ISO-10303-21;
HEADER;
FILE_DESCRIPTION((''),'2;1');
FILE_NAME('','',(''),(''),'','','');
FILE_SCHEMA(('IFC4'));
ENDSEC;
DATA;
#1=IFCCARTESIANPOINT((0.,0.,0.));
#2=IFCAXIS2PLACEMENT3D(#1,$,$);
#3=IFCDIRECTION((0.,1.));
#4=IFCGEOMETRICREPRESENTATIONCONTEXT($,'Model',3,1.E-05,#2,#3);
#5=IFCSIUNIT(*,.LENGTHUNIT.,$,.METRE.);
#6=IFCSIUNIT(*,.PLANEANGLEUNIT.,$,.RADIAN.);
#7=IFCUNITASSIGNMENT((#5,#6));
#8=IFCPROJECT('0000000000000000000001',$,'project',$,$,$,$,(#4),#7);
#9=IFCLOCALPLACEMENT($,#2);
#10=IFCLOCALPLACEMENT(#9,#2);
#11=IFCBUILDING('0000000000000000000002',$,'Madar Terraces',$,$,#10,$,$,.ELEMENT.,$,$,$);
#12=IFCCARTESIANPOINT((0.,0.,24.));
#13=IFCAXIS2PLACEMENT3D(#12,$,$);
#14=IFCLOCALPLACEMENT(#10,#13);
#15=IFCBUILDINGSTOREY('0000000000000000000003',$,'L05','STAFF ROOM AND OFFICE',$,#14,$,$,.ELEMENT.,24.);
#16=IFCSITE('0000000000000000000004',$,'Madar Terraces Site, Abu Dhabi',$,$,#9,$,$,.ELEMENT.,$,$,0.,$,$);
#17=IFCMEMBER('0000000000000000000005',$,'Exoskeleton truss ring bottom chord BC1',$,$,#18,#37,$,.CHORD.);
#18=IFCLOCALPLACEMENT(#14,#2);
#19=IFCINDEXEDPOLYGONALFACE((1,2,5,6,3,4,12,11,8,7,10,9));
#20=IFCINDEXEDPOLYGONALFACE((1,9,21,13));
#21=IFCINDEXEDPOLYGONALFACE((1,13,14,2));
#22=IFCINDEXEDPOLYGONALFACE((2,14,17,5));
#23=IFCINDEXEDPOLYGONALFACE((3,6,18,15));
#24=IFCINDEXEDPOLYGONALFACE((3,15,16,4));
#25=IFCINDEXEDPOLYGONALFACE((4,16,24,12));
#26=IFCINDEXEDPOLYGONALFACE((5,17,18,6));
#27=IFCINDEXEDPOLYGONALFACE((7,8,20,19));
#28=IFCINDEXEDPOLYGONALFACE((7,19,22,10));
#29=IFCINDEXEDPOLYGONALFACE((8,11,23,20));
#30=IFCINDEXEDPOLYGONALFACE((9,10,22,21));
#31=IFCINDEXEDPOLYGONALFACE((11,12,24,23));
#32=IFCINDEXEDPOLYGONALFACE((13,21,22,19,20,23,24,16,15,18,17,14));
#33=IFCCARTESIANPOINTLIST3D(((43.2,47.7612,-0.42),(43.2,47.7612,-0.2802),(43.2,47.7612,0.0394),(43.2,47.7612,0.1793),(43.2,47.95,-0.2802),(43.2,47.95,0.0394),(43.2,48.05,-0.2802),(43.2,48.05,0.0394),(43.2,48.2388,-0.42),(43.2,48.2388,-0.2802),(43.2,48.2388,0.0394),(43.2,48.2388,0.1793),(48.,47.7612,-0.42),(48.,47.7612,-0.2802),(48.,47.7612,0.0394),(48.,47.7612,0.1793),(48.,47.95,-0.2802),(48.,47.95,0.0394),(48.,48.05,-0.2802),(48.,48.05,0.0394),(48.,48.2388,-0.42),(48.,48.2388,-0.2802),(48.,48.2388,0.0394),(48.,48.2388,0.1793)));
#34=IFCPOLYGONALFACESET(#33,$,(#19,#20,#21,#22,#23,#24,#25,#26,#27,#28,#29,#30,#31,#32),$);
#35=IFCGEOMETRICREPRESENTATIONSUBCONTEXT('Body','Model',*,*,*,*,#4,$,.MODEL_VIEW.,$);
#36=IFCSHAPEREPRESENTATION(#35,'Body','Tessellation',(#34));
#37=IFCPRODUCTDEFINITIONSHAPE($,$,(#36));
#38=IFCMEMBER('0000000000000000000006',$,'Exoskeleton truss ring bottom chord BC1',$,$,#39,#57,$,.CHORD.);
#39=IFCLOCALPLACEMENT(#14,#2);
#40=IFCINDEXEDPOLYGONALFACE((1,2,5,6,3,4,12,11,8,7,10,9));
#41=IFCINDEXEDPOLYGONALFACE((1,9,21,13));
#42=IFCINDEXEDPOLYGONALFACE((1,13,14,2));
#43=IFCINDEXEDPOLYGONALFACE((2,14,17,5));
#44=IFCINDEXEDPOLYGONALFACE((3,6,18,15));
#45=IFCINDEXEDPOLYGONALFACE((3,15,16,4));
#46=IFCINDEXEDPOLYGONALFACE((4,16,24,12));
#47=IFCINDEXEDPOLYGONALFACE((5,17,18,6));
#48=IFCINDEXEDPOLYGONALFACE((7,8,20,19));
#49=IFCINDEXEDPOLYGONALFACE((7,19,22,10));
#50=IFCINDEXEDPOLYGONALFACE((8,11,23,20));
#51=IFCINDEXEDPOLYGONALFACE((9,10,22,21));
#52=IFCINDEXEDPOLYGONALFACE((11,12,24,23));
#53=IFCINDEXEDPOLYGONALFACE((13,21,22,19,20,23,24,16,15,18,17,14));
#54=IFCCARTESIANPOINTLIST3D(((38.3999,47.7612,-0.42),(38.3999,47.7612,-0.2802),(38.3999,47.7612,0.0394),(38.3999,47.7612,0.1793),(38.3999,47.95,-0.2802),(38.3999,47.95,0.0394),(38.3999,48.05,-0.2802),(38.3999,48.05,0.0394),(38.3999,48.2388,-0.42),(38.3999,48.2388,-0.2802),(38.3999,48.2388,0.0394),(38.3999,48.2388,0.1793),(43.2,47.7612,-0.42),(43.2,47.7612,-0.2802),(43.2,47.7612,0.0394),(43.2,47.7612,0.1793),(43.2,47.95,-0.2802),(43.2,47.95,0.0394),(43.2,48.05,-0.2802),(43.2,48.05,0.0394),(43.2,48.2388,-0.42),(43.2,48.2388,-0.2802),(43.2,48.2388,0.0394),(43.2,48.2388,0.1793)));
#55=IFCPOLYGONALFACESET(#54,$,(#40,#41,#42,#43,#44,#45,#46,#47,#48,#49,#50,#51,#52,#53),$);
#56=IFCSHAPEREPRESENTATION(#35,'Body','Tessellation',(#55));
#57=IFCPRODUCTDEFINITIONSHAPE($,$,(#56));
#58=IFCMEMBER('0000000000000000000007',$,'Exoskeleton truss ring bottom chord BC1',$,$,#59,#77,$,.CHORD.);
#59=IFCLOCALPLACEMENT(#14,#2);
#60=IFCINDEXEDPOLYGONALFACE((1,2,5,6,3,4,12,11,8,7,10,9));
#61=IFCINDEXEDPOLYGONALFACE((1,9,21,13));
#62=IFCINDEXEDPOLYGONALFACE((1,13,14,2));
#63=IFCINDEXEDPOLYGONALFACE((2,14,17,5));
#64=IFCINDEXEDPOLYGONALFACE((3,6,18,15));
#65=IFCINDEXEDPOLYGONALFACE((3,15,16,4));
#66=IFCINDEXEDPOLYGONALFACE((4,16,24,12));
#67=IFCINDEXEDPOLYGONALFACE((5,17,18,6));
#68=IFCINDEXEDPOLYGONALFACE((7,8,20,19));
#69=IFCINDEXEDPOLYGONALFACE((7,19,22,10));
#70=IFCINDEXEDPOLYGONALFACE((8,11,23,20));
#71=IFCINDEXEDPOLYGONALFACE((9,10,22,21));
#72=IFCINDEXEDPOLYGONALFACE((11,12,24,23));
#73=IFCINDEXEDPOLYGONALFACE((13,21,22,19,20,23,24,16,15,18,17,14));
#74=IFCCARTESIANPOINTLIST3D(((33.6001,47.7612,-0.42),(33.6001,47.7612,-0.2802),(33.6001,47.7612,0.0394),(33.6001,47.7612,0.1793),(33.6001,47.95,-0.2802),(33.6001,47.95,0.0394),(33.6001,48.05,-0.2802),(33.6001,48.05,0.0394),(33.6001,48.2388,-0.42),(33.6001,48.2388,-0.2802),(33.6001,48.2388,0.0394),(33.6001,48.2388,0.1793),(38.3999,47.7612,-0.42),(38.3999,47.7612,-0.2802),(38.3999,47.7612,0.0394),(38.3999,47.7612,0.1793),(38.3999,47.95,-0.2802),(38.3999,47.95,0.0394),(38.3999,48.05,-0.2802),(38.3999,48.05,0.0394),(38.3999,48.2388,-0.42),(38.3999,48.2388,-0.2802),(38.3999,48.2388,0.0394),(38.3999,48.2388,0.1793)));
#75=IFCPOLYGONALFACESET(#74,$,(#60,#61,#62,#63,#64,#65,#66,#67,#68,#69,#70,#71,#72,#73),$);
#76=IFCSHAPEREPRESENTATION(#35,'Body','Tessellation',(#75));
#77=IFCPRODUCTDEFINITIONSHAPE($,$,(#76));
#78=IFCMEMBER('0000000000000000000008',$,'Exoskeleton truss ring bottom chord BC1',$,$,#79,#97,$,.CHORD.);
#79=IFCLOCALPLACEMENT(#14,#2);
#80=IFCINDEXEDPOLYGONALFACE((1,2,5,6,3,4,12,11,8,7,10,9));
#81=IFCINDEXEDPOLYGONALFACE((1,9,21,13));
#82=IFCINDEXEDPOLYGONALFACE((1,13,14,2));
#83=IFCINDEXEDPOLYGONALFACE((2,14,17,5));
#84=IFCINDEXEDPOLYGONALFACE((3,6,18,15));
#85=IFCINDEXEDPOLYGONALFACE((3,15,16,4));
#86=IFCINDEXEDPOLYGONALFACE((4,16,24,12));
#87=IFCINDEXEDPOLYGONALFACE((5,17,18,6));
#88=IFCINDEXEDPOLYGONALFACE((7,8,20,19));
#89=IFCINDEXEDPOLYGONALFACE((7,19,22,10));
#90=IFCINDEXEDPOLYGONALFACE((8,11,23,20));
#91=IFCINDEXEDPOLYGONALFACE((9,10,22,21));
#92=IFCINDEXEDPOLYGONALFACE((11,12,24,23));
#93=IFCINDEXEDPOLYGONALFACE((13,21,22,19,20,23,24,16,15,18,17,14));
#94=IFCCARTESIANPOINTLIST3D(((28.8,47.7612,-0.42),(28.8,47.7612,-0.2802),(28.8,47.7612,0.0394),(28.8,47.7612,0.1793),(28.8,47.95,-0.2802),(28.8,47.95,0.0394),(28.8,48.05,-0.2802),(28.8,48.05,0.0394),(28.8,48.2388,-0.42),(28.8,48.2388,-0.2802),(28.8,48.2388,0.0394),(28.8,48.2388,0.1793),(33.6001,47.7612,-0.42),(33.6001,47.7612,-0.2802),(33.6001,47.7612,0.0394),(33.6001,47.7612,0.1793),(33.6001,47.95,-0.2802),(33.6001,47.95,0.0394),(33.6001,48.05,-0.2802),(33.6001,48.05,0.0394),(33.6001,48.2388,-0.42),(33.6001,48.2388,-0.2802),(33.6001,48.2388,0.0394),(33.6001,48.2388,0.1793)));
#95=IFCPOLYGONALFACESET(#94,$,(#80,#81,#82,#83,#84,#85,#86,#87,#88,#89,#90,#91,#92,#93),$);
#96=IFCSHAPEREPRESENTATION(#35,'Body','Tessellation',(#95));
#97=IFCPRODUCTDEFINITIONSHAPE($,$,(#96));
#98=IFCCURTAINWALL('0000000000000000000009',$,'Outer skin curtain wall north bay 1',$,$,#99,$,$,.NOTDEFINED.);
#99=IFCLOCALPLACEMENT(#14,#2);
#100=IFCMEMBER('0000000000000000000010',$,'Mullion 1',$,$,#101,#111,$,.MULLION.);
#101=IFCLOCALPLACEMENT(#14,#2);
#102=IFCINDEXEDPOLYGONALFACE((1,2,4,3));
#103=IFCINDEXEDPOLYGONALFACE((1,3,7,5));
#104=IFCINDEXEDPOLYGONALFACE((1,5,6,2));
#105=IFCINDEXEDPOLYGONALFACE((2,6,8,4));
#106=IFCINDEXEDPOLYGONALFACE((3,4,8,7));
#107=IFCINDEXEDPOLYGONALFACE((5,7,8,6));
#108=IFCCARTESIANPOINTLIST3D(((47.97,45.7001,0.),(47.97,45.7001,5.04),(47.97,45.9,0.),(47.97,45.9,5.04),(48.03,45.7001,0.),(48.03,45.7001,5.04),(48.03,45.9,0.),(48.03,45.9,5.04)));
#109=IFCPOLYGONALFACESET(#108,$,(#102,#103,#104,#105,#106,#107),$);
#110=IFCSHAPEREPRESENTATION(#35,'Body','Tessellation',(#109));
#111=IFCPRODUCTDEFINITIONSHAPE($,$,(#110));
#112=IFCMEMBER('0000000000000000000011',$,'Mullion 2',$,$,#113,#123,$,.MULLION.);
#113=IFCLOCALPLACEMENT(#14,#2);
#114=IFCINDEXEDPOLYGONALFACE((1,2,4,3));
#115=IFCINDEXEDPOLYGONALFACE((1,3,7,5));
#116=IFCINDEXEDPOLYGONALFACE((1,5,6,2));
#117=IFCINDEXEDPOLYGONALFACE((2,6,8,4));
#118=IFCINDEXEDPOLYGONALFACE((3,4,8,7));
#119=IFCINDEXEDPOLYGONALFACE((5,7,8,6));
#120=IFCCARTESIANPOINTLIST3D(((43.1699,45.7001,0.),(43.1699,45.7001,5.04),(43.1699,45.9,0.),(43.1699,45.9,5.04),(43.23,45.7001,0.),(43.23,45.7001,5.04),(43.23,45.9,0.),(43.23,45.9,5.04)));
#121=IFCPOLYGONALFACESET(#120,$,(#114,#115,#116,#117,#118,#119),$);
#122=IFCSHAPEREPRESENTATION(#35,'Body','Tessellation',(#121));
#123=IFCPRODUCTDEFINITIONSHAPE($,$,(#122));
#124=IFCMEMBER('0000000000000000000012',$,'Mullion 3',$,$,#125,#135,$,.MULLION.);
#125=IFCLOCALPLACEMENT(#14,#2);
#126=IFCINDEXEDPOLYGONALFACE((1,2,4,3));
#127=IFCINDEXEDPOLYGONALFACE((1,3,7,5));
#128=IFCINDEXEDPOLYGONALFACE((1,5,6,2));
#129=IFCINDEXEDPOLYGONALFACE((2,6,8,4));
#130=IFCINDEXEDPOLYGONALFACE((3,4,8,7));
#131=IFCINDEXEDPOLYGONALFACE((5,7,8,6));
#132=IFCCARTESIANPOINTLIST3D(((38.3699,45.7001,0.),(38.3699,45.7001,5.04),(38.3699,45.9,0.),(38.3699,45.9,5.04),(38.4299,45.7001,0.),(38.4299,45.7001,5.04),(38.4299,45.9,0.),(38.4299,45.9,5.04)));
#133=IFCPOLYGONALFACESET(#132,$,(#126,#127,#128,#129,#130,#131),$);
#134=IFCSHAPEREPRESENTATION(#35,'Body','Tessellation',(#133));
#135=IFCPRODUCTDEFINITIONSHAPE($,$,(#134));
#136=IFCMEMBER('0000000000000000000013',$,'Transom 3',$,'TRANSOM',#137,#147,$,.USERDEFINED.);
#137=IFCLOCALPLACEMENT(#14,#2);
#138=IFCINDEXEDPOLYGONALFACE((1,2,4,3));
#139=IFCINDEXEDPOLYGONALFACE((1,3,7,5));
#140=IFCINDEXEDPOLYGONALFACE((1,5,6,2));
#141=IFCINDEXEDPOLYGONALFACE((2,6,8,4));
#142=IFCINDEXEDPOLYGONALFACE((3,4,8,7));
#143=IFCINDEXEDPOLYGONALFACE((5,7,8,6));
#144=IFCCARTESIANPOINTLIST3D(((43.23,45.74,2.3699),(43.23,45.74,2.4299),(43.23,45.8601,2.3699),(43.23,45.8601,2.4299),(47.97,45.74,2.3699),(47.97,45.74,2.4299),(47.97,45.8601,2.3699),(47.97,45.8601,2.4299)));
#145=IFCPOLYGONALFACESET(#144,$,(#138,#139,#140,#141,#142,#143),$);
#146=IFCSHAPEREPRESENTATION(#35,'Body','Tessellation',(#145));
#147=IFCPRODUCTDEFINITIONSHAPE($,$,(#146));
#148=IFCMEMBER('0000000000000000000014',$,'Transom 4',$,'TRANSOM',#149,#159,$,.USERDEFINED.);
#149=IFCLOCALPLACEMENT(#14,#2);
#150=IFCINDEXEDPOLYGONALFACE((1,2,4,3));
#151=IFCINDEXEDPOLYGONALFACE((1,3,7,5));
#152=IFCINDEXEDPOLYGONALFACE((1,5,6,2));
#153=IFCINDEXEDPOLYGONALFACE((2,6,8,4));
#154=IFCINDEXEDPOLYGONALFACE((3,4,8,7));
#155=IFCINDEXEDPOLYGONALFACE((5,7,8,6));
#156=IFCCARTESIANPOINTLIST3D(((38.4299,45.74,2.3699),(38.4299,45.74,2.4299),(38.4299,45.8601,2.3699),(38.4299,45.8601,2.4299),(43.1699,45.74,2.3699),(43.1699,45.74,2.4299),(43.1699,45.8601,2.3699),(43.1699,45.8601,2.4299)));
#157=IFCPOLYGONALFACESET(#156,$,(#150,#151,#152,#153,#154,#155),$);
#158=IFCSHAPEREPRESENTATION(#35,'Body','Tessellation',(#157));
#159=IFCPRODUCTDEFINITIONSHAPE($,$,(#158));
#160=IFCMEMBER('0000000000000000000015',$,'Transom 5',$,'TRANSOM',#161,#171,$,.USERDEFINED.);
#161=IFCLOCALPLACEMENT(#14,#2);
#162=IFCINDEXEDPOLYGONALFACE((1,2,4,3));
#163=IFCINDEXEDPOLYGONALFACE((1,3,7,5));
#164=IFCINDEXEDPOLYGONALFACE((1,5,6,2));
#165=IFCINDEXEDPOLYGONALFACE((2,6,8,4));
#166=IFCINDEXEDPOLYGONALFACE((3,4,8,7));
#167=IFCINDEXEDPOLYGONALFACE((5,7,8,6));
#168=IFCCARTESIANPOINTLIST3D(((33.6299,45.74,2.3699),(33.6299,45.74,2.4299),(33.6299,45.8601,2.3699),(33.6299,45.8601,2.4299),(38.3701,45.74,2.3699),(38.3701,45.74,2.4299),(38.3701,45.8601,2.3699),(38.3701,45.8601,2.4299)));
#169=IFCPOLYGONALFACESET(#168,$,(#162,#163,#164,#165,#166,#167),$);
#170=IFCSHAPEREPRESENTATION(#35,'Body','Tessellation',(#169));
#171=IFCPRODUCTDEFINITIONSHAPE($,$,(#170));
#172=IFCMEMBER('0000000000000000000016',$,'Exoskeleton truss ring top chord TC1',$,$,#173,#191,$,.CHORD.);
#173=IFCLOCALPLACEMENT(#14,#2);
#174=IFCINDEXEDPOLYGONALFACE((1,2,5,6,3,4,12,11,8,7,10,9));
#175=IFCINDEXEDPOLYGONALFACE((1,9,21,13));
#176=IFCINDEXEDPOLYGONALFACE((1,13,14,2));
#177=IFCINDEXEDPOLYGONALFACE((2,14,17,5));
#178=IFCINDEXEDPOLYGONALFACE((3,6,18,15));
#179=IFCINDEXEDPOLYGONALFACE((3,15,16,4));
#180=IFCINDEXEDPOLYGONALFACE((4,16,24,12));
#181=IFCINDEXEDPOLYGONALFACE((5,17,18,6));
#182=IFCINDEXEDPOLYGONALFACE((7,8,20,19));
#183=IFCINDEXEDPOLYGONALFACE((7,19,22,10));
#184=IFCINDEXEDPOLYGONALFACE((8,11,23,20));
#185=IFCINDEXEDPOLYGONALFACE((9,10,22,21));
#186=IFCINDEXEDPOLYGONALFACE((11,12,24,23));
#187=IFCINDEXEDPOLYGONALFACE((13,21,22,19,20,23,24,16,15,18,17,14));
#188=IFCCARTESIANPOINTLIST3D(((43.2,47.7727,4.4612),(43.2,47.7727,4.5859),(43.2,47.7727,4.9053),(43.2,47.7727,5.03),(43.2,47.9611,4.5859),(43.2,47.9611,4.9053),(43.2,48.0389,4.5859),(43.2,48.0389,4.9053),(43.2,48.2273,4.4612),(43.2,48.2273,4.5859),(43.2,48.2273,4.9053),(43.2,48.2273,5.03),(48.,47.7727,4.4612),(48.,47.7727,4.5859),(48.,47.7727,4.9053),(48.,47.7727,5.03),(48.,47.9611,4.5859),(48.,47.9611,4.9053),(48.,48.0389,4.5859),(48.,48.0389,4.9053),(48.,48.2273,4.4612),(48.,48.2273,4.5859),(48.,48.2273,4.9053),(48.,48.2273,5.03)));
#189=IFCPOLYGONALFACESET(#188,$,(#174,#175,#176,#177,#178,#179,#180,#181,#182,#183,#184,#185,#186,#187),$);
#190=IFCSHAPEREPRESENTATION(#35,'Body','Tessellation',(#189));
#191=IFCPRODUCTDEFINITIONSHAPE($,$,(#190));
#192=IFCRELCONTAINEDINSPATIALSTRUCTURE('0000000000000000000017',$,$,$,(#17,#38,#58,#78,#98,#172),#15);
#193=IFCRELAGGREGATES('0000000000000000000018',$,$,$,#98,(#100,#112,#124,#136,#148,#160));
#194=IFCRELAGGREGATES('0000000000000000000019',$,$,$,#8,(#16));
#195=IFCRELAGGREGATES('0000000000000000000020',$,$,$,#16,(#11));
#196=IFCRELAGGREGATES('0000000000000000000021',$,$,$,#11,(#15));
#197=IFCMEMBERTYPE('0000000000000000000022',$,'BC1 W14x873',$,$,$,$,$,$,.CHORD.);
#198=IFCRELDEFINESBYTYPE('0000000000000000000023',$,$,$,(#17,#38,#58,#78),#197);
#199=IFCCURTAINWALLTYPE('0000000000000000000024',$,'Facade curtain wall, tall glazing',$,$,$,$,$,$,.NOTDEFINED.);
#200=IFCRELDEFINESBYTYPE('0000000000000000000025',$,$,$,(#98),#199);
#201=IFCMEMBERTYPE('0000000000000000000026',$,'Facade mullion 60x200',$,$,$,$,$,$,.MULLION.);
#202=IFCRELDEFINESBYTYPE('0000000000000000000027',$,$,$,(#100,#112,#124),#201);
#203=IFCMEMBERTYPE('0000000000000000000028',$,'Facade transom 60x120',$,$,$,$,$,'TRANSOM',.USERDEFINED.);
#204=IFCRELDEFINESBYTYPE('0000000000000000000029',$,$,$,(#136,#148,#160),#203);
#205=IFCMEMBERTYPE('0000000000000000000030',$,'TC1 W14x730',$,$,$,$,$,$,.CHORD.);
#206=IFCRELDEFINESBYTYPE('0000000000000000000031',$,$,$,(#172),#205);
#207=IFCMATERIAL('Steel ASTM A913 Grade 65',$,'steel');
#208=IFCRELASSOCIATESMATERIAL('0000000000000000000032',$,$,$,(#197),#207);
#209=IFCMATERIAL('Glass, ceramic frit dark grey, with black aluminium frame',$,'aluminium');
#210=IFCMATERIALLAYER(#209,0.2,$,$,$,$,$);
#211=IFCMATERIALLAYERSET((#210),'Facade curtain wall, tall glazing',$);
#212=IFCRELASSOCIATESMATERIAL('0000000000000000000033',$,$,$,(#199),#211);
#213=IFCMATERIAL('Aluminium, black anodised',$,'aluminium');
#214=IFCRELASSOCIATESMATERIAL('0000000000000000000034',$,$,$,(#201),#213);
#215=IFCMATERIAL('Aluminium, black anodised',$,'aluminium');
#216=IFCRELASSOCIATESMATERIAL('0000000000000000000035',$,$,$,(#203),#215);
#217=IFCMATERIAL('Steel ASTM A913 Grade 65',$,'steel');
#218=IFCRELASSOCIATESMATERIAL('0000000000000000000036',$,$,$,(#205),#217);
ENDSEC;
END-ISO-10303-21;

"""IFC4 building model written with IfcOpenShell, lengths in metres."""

from ifc_helpers import new_model, si_unit, direction, frame, origin, origin_2d, place, context, subcontext, project, spatial, rectangle, i_section, extrude, material, layer, layer_set, material_profile, profile_set, type_object, element, aggregate, save


model = new_model("IFC4")

# Units and contexts
model_context = context("Model", 3, precision=1e-05, world=origin(), true_north=direction((0.0, 1.0)))
body_context = subcontext(model_context, "Body", "Model", "MODEL_VIEW")
ifc_project = project(units=[si_unit("LENGTHUNIT", "METRE"), si_unit("PLANEANGLEUNIT", "RADIAN")], contexts=[model_context])

# Site, building, storey
site_placement = place(None, origin())
site = spatial("IfcSite", under=ifc_project, at=site_placement, Name="Madar Terraces Site, Abu Dhabi", CompositionType="ELEMENT", RefElevation=0.0)
building_placement = place(site_placement, origin())
building = spatial("IfcBuilding", under=site, at=building_placement, Name="Madar Terraces", CompositionType="ELEMENT")
storey_placement = place(building_placement, frame((0.0, 0.0, 24.0)))
storey = spatial("IfcBuildingStorey", under=building, at=storey_placement, Name="L05", Description="STAFF ROOM AND OFFICE", CompositionType="ELEMENT", Elevation=24.0)

# Members
ifc_material_1 = material(Name="Steel ASTM A913 Grade 65", Category="steel")
ifc_material_profile_1 = material_profile(ifc_material_1, i_section(OverallWidth=0.4775, OverallDepth=0.5994, WebThickness=0.1001, FlangeThickness=0.1399, at=origin_2d()), Name="W14x873")
ifc_profile_set_1 = profile_set([ifc_material_profile_1], Name="Steel ASTM A913 Grade 65")
member_type_1 = type_object("IfcMemberType", Name="BC1 W14x873", PredefinedType="CHORD", material=ifc_profile_set_1)
for number, where, z_axis, x_axis, name in (
    (1, (48.0, 48.0, -0.1204), (-1.0, 0.0, 0.0), (0.0, -1.0, 0.0), "Exoskeleton truss ring bottom chord BC1"),
    (2, (43.2, 48.0, -0.1204), (-1.0, 0.0, 0.0), (0.0, -1.0, 0.0), "Exoskeleton truss ring bottom chord BC1"),
):
    element("IfcMember", number, at=place(storey_placement, frame(where, z_axis=z_axis, x_axis=x_axis)), inside=storey, type_object=member_type_1, Name=name, PredefinedType="CHORD", context=body_context, shape_type="SweptSolid", body=[
        extrude(i_section(OverallWidth=0.4775, OverallDepth=0.5994, WebThickness=0.1001, FlangeThickness=0.1399, at=origin_2d()), origin(), (0.0, 0.0, 1.0), 4.8),
    ])
member_1_placement = place(storey_placement, frame((38.3999, 48.0, -0.1204), z_axis=(-1.0, 0.0, 0.0), x_axis=(0.0, -1.0, 0.0)))
element("IfcMember", 3, at=member_1_placement, inside=storey, type_object=member_type_1, Name="Exoskeleton truss ring bottom chord BC1", PredefinedType="CHORD", context=body_context, shape_type="SweptSolid", body=[
    extrude(i_section(OverallWidth=0.4775, OverallDepth=0.5994, WebThickness=0.1001, FlangeThickness=0.1399, at=origin_2d()), origin(), (0.0, 0.0, 1.0), 4.7998),
])
member_2_placement = place(storey_placement, frame((33.6001, 48.0, -0.1204), z_axis=(-1.0, 0.0, 0.0), x_axis=(0.0, -1.0, 0.0)))
element("IfcMember", 4, at=member_2_placement, inside=storey, type_object=member_type_1, Name="Exoskeleton truss ring bottom chord BC1", PredefinedType="CHORD", context=body_context, shape_type="SweptSolid", body=[
    extrude(i_section(OverallWidth=0.4775, OverallDepth=0.5994, WebThickness=0.1001, FlangeThickness=0.1399, at=origin_2d()), origin(), (0.0, 0.0, 1.0), 4.8),
])

# Curtain wall, members
ifc_material_2 = material(Name="Glass, ceramic frit dark grey, with black aluminium frame", Category="aluminium")
ifc_layer_1 = layer(ifc_material_2, 0.2)
ifc_layer_set_1 = layer_set([ifc_layer_1], Name="Facade curtain wall, tall glazing")
curtain_wall_type = type_object("IfcCurtainWallType", Name="Facade curtain wall, tall glazing", PredefinedType="NOTDEFINED", material=ifc_layer_set_1)
curtain_wall_placement = place(storey_placement, origin())
curtain_wall = element("IfcCurtainWall", 5, at=curtain_wall_placement, inside=storey, type_object=curtain_wall_type, Name="Outer skin curtain wall north bay 1", PredefinedType="NOTDEFINED")
ifc_material_3 = material(Name="Aluminium, black anodised", Category="aluminium")
ifc_material_profile_2 = material_profile(ifc_material_3, rectangle(XDim=0.2, YDim=0.0601, at=origin_2d()), Name="Facade mullion 60x200")
ifc_profile_set_2 = profile_set([ifc_material_profile_2], Name="Aluminium, black anodised")
member_type_2 = type_object("IfcMemberType", Name="Facade mullion 60x200", PredefinedType="MULLION", material=ifc_profile_set_2)
member_3_placement = place(storey_placement, frame((48.0, 45.8, 0.0), z_axis=(0.0, 0.0, 1.0), x_axis=(0.0, -1.0, 0.0)))
member_3 = element("IfcMember", 6, at=member_3_placement, type_object=member_type_2, Name="Mullion 1", PredefinedType="MULLION", context=body_context, shape_type="SweptSolid", body=[
    extrude(rectangle(XDim=0.2, YDim=0.0601, at=origin_2d()), origin(), (0.0, 0.0, 1.0), 5.04),
])
member_4_placement = place(storey_placement, frame((43.2, 45.8, 0.0), z_axis=(0.0, 0.0, 1.0), x_axis=(0.0, -1.0, 0.0)))
member_4 = element("IfcMember", 7, at=member_4_placement, type_object=member_type_2, Name="Mullion 2", PredefinedType="MULLION", context=body_context, shape_type="SweptSolid", body=[
    extrude(rectangle(XDim=0.2, YDim=0.0601, at=origin_2d()), origin(), (0.0, 0.0, 1.0), 5.04),
])
member_5_placement = place(storey_placement, frame((38.3999, 45.8, 0.0), z_axis=(0.0, 0.0, 1.0), x_axis=(0.0, -1.0, 0.0)))
member_5 = element("IfcMember", 8, at=member_5_placement, type_object=member_type_2, Name="Mullion 3", PredefinedType="MULLION", context=body_context, shape_type="SweptSolid", body=[
    extrude(rectangle(XDim=0.2, YDim=0.0601, at=origin_2d()), origin(), (0.0, 0.0, 1.0), 5.04),
])
ifc_material_4 = material(Name="Aluminium, black anodised", Category="aluminium")
ifc_material_profile_3 = material_profile(ifc_material_4, rectangle(XDim=0.1201, YDim=0.0601, at=origin_2d()), Name="Facade transom 60x120")
ifc_profile_set_3 = profile_set([ifc_material_profile_3], Name="Aluminium, black anodised")
member_type_3 = type_object("IfcMemberType", Name="Facade transom 60x120", ElementType="TRANSOM", PredefinedType="USERDEFINED", material=ifc_profile_set_3)
member_6_placement = place(storey_placement, frame((47.97, 45.8, 2.3999), z_axis=(-1.0, 0.0, 0.0), x_axis=(0.0, -1.0, 0.0)))
member_6 = element("IfcMember", 9, at=member_6_placement, type_object=member_type_3, Name="Transom 3", ObjectType="TRANSOM", PredefinedType="USERDEFINED", context=body_context, shape_type="SweptSolid", body=[
    extrude(rectangle(XDim=0.1201, YDim=0.0601, at=origin_2d()), origin(), (0.0, 0.0, 1.0), 4.74),
])
member_7_placement = place(storey_placement, frame((43.1699, 45.8, 2.3999), z_axis=(-1.0, 0.0, 0.0), x_axis=(0.0, -1.0, 0.0)))
member_7 = element("IfcMember", 10, at=member_7_placement, type_object=member_type_3, Name="Transom 4", ObjectType="TRANSOM", PredefinedType="USERDEFINED", context=body_context, shape_type="SweptSolid", body=[
    extrude(rectangle(XDim=0.1201, YDim=0.0601, at=origin_2d()), origin(), (0.0, 0.0, 1.0), 4.74),
])
member_8_placement = place(storey_placement, frame((38.3701, 45.8, 2.3999), z_axis=(-1.0, 0.0, 0.0), x_axis=(0.0, -1.0, 0.0)))
member_8 = element("IfcMember", 11, at=member_8_placement, type_object=member_type_3, Name="Transom 5", ObjectType="TRANSOM", PredefinedType="USERDEFINED", context=body_context, shape_type="SweptSolid", body=[
    extrude(rectangle(XDim=0.1201, YDim=0.0601, at=origin_2d()), origin(), (0.0, 0.0, 1.0), 4.7402),
])

# Member
ifc_material_5 = material(Name="Steel ASTM A913 Grade 65", Category="steel")
ifc_material_profile_4 = material_profile(ifc_material_5, i_section(OverallWidth=0.4546, OverallDepth=0.5688, WebThickness=0.0779, FlangeThickness=0.1248, at=origin_2d()), Name="W14x730")
ifc_profile_set_4 = profile_set([ifc_material_profile_4], Name="Steel ASTM A913 Grade 65")
member_type_4 = type_object("IfcMemberType", Name="TC1 W14x730", PredefinedType="CHORD", material=ifc_profile_set_4)
for number, where, z_axis, x_axis, name in (
    (12, (48.0, 48.0, 4.7456), (-1.0, 0.0, 0.0), (0.0, -1.0, 0.0), "Exoskeleton truss ring top chord TC1"),
):
    element("IfcMember", number, at=place(storey_placement, frame(where, z_axis=z_axis, x_axis=x_axis)), inside=storey, type_object=member_type_4, Name=name, PredefinedType="CHORD", context=body_context, shape_type="SweptSolid", body=[
        extrude(i_section(OverallWidth=0.4546, OverallDepth=0.5688, WebThickness=0.0779, FlangeThickness=0.1248, at=origin_2d()), origin(), (0.0, 0.0, 1.0), 4.8),
    ])

aggregate(curtain_wall, [member_3, member_4, member_5, member_6, member_7, member_8])

save(model, "model.ifc")
